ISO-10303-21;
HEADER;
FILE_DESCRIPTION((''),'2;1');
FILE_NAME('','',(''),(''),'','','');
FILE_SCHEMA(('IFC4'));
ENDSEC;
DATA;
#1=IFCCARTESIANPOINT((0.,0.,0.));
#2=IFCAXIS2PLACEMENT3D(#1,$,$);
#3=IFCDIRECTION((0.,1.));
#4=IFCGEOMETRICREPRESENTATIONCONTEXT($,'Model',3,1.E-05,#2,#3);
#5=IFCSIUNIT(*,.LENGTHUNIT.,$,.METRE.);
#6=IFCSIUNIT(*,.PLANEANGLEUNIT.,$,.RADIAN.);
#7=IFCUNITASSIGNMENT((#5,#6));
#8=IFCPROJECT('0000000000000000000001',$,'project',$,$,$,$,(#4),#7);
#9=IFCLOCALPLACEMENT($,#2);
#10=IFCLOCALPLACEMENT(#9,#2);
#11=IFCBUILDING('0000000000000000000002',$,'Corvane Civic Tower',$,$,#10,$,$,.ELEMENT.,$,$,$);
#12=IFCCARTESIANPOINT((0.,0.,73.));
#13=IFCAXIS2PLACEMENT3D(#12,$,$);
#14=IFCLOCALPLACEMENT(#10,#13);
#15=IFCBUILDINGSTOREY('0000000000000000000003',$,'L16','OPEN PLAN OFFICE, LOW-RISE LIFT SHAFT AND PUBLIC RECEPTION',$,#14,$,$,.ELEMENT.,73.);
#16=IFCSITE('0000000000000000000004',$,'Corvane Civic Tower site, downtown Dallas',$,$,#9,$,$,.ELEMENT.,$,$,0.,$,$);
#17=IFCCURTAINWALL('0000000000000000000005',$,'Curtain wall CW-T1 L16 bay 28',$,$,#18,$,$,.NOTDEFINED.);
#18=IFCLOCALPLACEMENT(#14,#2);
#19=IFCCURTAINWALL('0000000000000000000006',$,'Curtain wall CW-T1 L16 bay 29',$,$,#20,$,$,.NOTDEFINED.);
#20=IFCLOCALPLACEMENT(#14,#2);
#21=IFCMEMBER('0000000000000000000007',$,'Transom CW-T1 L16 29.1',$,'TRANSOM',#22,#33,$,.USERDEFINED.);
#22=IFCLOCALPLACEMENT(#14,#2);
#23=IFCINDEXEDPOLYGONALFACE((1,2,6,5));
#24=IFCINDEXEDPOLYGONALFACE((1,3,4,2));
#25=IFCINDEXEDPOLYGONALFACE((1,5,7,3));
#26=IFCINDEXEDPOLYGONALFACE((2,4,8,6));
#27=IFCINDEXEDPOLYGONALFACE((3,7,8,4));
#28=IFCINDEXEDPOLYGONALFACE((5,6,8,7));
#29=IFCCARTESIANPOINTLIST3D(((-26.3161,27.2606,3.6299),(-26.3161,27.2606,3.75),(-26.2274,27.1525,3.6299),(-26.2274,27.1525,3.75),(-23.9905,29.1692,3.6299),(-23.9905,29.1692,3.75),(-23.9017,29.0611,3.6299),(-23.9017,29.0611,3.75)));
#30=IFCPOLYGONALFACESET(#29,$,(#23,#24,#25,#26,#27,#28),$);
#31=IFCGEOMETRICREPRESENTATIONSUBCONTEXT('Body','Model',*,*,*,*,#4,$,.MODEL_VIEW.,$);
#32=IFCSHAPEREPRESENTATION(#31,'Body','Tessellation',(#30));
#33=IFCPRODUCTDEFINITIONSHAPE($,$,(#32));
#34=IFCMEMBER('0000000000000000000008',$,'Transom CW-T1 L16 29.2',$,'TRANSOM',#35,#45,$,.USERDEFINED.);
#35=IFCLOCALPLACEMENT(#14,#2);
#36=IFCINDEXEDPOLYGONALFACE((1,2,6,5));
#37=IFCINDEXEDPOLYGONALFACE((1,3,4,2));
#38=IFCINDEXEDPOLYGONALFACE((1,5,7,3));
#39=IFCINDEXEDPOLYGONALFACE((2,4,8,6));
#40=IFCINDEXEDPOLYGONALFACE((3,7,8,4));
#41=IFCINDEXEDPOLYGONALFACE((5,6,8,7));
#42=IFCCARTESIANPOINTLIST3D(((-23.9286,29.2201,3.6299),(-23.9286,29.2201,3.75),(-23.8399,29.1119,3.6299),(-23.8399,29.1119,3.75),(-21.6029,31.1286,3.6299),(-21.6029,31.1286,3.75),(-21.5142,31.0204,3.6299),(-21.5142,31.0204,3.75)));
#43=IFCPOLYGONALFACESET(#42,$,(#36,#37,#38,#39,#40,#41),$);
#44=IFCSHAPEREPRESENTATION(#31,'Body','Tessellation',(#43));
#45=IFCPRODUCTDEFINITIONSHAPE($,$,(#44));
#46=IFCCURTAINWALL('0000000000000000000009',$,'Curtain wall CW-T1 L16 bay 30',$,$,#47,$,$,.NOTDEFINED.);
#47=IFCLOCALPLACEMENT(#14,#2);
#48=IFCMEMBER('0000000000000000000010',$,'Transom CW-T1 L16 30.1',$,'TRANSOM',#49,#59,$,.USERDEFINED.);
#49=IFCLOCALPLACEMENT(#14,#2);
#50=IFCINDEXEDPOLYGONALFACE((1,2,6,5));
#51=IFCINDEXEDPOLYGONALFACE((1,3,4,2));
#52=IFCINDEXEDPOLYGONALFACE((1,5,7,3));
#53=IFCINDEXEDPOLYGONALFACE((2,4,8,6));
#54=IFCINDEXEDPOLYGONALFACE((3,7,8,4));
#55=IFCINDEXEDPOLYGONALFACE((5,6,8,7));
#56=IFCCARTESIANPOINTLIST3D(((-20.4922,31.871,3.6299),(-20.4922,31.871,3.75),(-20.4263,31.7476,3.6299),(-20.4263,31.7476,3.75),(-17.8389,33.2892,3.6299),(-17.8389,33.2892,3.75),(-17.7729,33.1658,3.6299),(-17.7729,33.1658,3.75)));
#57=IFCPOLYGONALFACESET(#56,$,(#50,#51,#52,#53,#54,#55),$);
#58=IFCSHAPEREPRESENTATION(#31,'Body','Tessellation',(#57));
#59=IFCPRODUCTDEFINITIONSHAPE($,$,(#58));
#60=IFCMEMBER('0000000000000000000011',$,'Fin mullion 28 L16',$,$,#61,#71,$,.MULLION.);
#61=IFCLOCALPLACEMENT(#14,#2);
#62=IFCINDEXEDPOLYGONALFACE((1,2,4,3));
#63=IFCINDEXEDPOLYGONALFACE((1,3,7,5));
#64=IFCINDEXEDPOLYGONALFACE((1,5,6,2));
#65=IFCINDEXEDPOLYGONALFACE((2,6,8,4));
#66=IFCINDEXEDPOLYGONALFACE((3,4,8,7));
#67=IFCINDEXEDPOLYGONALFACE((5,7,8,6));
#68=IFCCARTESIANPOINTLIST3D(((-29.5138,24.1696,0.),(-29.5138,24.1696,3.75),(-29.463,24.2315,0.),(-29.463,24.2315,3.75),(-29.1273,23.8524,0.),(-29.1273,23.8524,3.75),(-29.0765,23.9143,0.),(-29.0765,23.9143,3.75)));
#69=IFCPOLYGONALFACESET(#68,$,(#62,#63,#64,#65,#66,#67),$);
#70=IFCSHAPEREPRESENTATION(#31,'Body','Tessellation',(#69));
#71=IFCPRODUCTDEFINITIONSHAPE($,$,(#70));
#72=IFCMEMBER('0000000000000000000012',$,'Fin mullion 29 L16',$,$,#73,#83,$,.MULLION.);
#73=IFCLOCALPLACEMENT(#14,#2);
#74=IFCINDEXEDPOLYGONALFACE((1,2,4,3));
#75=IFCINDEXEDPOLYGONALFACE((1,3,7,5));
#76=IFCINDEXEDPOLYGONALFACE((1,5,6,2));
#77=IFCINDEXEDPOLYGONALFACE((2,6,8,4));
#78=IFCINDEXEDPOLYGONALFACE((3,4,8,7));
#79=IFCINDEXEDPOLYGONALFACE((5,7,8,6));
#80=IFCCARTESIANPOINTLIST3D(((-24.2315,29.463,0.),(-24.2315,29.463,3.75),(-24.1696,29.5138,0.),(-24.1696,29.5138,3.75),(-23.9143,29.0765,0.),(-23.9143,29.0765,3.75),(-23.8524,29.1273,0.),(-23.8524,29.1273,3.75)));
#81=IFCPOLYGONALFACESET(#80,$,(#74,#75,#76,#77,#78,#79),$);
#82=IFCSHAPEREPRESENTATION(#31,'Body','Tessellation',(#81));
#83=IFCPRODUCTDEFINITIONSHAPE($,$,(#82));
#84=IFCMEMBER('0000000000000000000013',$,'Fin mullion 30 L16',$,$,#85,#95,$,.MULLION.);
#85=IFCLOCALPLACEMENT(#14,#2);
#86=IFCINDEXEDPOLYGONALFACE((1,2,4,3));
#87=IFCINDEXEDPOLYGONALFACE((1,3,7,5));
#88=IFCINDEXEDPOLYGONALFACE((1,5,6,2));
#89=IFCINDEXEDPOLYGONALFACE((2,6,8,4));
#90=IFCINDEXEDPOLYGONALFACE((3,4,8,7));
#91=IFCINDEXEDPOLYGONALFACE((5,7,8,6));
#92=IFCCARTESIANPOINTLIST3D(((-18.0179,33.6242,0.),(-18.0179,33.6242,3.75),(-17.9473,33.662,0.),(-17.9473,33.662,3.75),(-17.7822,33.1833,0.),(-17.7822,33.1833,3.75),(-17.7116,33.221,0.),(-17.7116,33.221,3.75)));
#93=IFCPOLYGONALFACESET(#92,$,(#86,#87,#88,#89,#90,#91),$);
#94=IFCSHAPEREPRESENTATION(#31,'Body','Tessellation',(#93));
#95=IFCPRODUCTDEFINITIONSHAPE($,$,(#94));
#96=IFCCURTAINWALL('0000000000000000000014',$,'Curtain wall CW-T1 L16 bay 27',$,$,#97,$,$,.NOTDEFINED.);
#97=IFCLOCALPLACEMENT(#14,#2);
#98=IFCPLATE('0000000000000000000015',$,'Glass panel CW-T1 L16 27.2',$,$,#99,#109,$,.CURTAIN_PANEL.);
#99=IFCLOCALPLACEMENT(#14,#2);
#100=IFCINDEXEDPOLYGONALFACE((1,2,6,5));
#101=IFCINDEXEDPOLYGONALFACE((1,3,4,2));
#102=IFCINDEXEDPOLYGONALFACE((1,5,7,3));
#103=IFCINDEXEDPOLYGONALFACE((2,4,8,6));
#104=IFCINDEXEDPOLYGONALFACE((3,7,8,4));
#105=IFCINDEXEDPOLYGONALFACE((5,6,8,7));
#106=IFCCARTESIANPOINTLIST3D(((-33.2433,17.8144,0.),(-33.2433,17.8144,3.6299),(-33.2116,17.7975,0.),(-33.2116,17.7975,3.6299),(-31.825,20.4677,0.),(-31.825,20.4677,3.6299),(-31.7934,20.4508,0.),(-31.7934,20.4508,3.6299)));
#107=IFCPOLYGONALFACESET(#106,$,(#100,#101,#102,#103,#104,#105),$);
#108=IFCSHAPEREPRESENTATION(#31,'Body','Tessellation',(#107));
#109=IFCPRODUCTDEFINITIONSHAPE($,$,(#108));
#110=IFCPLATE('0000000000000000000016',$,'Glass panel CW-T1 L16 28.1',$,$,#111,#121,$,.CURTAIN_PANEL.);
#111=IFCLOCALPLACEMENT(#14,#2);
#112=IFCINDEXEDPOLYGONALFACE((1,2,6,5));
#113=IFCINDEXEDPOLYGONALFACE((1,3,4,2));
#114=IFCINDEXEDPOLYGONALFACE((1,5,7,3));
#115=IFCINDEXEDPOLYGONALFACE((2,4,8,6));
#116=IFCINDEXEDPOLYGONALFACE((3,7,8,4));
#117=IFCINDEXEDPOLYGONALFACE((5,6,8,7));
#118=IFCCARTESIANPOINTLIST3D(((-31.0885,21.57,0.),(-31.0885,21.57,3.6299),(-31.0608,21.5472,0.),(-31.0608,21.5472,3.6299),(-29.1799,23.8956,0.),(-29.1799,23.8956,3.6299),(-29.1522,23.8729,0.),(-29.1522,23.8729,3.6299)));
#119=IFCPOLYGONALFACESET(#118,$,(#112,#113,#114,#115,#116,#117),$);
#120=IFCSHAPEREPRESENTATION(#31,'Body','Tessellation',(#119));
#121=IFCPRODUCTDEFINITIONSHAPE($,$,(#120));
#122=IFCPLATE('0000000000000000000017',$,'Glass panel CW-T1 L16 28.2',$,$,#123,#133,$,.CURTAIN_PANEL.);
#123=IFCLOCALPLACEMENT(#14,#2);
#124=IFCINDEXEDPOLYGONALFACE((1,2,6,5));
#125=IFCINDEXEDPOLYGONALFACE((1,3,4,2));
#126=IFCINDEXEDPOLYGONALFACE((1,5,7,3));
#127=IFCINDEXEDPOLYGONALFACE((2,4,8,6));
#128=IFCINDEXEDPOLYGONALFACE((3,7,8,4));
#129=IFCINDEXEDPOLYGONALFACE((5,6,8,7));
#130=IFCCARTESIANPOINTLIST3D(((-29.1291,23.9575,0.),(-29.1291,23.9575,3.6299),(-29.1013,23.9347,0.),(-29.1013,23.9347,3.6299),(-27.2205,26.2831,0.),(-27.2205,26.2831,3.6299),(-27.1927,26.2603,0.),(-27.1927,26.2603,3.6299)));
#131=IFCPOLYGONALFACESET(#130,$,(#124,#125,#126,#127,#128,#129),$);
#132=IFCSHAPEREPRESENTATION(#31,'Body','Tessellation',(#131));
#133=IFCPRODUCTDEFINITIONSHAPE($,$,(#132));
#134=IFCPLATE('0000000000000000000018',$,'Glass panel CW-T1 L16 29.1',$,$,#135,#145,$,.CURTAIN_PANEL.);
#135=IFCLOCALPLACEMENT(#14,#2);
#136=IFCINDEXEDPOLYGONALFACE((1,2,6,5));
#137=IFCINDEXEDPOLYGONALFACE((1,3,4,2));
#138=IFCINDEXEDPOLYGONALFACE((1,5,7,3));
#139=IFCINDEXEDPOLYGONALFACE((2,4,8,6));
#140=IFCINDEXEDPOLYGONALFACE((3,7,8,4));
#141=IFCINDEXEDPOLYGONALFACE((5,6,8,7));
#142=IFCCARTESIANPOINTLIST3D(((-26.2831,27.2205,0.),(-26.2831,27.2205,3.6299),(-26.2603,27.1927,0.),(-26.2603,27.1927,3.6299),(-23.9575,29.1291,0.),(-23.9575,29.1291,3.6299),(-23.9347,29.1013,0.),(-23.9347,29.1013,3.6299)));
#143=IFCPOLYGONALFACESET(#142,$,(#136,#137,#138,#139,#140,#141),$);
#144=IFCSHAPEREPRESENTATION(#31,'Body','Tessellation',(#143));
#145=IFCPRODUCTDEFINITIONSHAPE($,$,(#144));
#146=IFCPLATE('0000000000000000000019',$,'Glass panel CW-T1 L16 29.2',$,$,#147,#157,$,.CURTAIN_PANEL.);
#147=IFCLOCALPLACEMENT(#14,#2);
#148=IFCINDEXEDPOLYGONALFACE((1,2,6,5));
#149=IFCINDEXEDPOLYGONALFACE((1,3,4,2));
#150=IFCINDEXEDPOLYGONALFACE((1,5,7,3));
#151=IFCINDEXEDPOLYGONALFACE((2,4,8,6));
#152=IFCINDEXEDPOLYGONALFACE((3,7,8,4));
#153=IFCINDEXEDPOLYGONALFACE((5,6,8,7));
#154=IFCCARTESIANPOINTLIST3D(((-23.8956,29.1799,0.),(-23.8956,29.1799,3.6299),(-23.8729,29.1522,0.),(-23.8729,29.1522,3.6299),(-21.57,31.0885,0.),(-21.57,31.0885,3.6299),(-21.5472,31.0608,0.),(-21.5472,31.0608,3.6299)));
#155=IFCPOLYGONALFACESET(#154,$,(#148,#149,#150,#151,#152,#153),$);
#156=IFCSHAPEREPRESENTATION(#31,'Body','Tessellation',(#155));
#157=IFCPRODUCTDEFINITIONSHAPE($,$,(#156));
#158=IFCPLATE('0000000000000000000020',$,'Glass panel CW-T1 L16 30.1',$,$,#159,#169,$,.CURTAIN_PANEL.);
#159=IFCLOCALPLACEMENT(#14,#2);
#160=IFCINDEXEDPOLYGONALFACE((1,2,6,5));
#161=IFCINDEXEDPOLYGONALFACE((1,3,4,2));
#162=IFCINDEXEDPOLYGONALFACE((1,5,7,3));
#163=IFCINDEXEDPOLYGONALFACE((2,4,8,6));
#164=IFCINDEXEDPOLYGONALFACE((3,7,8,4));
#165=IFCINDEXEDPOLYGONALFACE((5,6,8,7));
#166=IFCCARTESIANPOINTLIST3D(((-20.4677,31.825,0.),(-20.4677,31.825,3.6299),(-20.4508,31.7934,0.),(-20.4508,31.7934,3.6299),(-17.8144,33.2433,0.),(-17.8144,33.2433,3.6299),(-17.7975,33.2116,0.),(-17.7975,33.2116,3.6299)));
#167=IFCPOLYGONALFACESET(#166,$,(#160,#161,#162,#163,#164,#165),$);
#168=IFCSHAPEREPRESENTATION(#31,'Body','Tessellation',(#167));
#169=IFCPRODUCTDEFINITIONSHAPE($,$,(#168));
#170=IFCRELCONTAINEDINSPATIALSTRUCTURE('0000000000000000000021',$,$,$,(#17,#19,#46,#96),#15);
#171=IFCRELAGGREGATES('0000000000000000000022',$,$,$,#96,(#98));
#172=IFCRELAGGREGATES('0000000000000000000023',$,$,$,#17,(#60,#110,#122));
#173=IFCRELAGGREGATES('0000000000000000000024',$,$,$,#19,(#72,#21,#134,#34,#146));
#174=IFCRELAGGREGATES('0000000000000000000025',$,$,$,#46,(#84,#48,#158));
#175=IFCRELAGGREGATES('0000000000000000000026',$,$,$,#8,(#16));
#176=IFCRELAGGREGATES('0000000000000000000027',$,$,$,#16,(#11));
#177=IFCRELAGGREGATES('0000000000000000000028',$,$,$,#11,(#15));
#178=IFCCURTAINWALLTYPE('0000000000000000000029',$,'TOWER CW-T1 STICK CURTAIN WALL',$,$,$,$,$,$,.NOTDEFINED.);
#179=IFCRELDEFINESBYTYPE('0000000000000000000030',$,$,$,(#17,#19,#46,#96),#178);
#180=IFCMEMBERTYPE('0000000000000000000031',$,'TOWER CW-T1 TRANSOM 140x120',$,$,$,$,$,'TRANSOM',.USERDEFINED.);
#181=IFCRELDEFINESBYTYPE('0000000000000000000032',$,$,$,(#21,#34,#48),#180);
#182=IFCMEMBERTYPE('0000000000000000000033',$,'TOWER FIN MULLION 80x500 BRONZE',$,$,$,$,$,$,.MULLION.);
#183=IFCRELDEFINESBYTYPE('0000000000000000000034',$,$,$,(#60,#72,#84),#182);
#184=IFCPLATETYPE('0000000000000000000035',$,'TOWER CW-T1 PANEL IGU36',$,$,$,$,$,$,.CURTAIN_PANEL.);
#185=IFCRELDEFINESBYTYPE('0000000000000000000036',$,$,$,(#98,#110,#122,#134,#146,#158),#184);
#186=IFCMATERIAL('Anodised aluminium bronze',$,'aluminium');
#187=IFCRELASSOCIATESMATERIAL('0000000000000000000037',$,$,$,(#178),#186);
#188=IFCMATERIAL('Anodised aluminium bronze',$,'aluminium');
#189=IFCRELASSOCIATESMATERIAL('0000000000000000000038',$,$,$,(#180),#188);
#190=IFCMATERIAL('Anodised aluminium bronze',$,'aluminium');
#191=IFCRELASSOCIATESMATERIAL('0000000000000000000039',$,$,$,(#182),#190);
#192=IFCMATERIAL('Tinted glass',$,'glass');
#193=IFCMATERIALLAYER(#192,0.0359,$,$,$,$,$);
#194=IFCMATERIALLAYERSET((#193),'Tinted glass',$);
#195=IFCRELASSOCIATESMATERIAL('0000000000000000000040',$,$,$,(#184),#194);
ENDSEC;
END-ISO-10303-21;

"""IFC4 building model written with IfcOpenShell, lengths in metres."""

from ifc_helpers import new_model, si_unit, direction, frame, origin, origin_2d, place, context, subcontext, project, spatial, rectangle, extrude, material, layer, layer_set, material_profile, profile_set, type_object, element, aggregate, save


model = new_model("IFC4")

# Units and contexts
model_context = context("Model", 3, precision=1e-05, world=origin(), true_north=direction((0.0, 1.0)))
body_context = subcontext(model_context, "Body", "Model", "MODEL_VIEW")
ifc_project = project(units=[si_unit("LENGTHUNIT", "METRE"), si_unit("PLANEANGLEUNIT", "RADIAN")], contexts=[model_context])

# Site, building, storey
site_placement = place(None, origin())
site = spatial("IfcSite", under=ifc_project, at=site_placement, Name="Corvane Civic Tower site, downtown Dallas", CompositionType="ELEMENT", RefElevation=0.0)
building_placement = place(site_placement, origin())
building = spatial("IfcBuilding", under=site, at=building_placement, Name="Corvane Civic Tower", CompositionType="ELEMENT")
storey_placement = place(building_placement, frame((0.0, 0.0, 73.0)))
storey = spatial("IfcBuildingStorey", under=building, at=storey_placement, Name="L16", Description="OPEN PLAN OFFICE, LOW-RISE LIFT SHAFT AND PUBLIC RECEPTION", CompositionType="ELEMENT", Elevation=73.0)

# Curtain walls, members
ifc_material_1 = material(Name="Anodised aluminium bronze", Category="aluminium")
curtain_wall_type = type_object("IfcCurtainWallType", Name="TOWER CW-T1 STICK CURTAIN WALL", PredefinedType="NOTDEFINED", material=ifc_material_1)
curtain_wall_1_placement = place(storey_placement, origin())
curtain_wall_1 = element("IfcCurtainWall", 1, at=curtain_wall_1_placement, inside=storey, type_object=curtain_wall_type, Name="Curtain wall CW-T1 L16 bay 28", PredefinedType="NOTDEFINED")
ifc_material_2 = material(Name="Anodised aluminium bronze", Category="aluminium")
ifc_material_profile_1 = material_profile(ifc_material_2, rectangle(XDim=0.1399, YDim=0.1201, at=origin_2d()), Name="TOWER CW-T1 TRANSOM 140x120")
ifc_profile_set_1 = profile_set([ifc_material_profile_1], Name="Anodised aluminium bronze")
member_type_1 = type_object("IfcMemberType", Name="TOWER CW-T1 TRANSOM 140x120", ElementType="TRANSOM", PredefinedType="USERDEFINED", material=ifc_profile_set_1)
curtain_wall_2_placement = place(storey_placement, origin())
curtain_wall_2 = element("IfcCurtainWall", 2, at=curtain_wall_2_placement, inside=storey, type_object=curtain_wall_type, Name="Curtain wall CW-T1 L16 bay 29", PredefinedType="NOTDEFINED")
member_1_placement = place(storey_placement, frame((-26.2717, 27.2065, 3.6899), z_axis=(0.773002, 0.634404, 0.0), x_axis=(-0.634404, 0.773002, 0.0)))
member_1 = element("IfcMember", 3, at=member_1_placement, type_object=member_type_1, Name="Transom CW-T1 L16 29.1", ObjectType="TRANSOM", PredefinedType="USERDEFINED", context=body_context, shape_type="SweptSolid", body=[
    extrude(rectangle(XDim=0.1399, YDim=0.1201, at=origin_2d()), origin(), (0.0, 0.0, 1.0), 3.0085),
])
member_2_placement = place(storey_placement, frame((-23.8843, 29.166, 3.6899), z_axis=(0.773042, 0.634355, 0.0), x_axis=(-0.634355, 0.773042, 0.0)))
member_2 = element("IfcMember", 4, at=member_2_placement, type_object=member_type_1, Name="Transom CW-T1 L16 29.2", ObjectType="TRANSOM", PredefinedType="USERDEFINED", context=body_context, shape_type="SweptSolid", body=[
    extrude(rectangle(XDim=0.1399, YDim=0.1201, at=origin_2d()), origin(), (0.0, 0.0, 1.0), 3.0085),
])

# Curtain wall, member
curtain_wall_3_placement = place(storey_placement, origin())
curtain_wall_3 = element("IfcCurtainWall", 5, at=curtain_wall_3_placement, inside=storey, type_object=curtain_wall_type, Name="Curtain wall CW-T1 L16 bay 30", PredefinedType="NOTDEFINED")
member_3_placement = place(storey_placement, frame((-20.4592, 31.8093, 3.6899), z_axis=(0.881924, 0.471393, 0.0), x_axis=(-0.471393, 0.881924, 0.0)))
member_3 = element("IfcMember", 6, at=member_3_placement, type_object=member_type_1, Name="Transom CW-T1 L16 30.1", ObjectType="TRANSOM", PredefinedType="USERDEFINED", context=body_context, shape_type="SweptSolid", body=[
    extrude(rectangle(XDim=0.1399, YDim=0.1201, at=origin_2d()), origin(), (0.0, 0.0, 1.0), 3.0085),
])

# Members
ifc_material_3 = material(Name="Anodised aluminium bronze", Category="aluminium")
ifc_material_profile_2 = material_profile(ifc_material_3, rectangle(XDim=0.0801, YDim=0.5, at=origin_2d()), Name="TOWER FIN MULLION 80x500 BRONZE")
ifc_profile_set_2 = profile_set([ifc_material_profile_2], Name="Anodised aluminium bronze")
member_type_2 = type_object("IfcMemberType", Name="TOWER FIN MULLION 80x500 BRONZE", PredefinedType="MULLION", material=ifc_profile_set_2)
member_4_placement = place(storey_placement, frame((-29.2952, 24.042, 0.0), z_axis=(0.0, 0.0, 1.0), x_axis=(0.634397, 0.773007, 0.0)))
member_4 = element("IfcMember", 7, at=member_4_placement, type_object=member_type_2, Name="Fin mullion 28 L16", PredefinedType="MULLION", context=body_context, shape_type="SweptSolid", body=[
    extrude(rectangle(XDim=0.0801, YDim=0.5, at=origin_2d()), origin(), (0.0, 0.0, 1.0), 3.75),
])
member_5_placement = place(storey_placement, frame((-24.042, 29.2952, 0.0), z_axis=(0.0, 0.0, 1.0), x_axis=(0.773007, 0.634397, 0.0)))
member_5 = element("IfcMember", 8, at=member_5_placement, type_object=member_type_2, Name="Fin mullion 29 L16", PredefinedType="MULLION", context=body_context, shape_type="SweptSolid", body=[
    extrude(rectangle(XDim=0.0801, YDim=0.5, at=origin_2d()), origin(), (0.0, 0.0, 1.0), 3.75),
])
member_6_placement = place(storey_placement, frame((-17.8647, 33.4226, 0.0), z_axis=(0.0, 0.0, 1.0), x_axis=(0.881918, 0.471404, 0.0)))
member_6 = element("IfcMember", 9, at=member_6_placement, type_object=member_type_2, Name="Fin mullion 30 L16", PredefinedType="MULLION", context=body_context, shape_type="SweptSolid", body=[
    extrude(rectangle(XDim=0.0801, YDim=0.5, at=origin_2d()), origin(), (0.0, 0.0, 1.0), 3.75),
])

# Curtain wall, plate
curtain_wall_4_placement = place(storey_placement, origin())
curtain_wall_4 = element("IfcCurtainWall", 10, at=curtain_wall_4_placement, inside=storey, type_object=curtain_wall_type, Name="Curtain wall CW-T1 L16 bay 27", PredefinedType="NOTDEFINED")
ifc_material_4 = material(Name="Tinted glass", Category="glass")
ifc_layer_1 = layer(ifc_material_4, 0.0359)
ifc_layer_set_1 = layer_set([ifc_layer_1], Name="Tinted glass")
plate_type = type_object("IfcPlateType", Name="TOWER CW-T1 PANEL IGU36", PredefinedType="CURTAIN_PANEL", material=ifc_layer_set_1)
plate_1_placement = place(storey_placement, frame((-32.5183, 19.1326, 0.0), z_axis=(0.0, 0.0, 1.0), x_axis=(0.471404, 0.881918, 0.0)))
plate_1 = element("IfcPlate", 11, at=plate_1_placement, type_object=plate_type, Name="Glass panel CW-T1 L16 27.2", PredefinedType="CURTAIN_PANEL", context=body_context, shape_type="SweptSolid", body=[
    extrude(rectangle(XDim=3.0085, YDim=0.0359, at=origin_2d()), origin(), (0.0, 0.0, 1.0), 3.6299),
])
aggregate(curtain_wall_4, [plate_1])

# Plates
plate_2_placement = place(storey_placement, frame((-30.1204, 22.7214, 0.0), z_axis=(0.0, 0.0, 1.0), x_axis=(0.634397, 0.773007, 0.0)))
plate_2 = element("IfcPlate", 12, at=plate_2_placement, type_object=plate_type, Name="Glass panel CW-T1 L16 28.1", PredefinedType="CURTAIN_PANEL", context=body_context, shape_type="SweptSolid", body=[
    extrude(rectangle(XDim=3.0085, YDim=0.0359, at=origin_2d()), origin(), (0.0, 0.0, 1.0), 3.6299),
])
plate_3_placement = place(storey_placement, frame((-28.1609, 25.1089, 0.0), z_axis=(0.0, 0.0, 1.0), x_axis=(0.634397, 0.773007, 0.0)))
plate_3 = element("IfcPlate", 13, at=plate_3_placement, type_object=plate_type, Name="Glass panel CW-T1 L16 28.2", PredefinedType="CURTAIN_PANEL", context=body_context, shape_type="SweptSolid", body=[
    extrude(rectangle(XDim=3.0085, YDim=0.0359, at=origin_2d()), origin(), (0.0, 0.0, 1.0), 3.6299),
])
aggregate(curtain_wall_1, [member_4, plate_2, plate_3])
plate_4_placement = place(storey_placement, frame((-25.1089, 28.1609, 0.0), z_axis=(0.0, 0.0, 1.0), x_axis=(0.773007, 0.634397, 0.0)))
plate_4 = element("IfcPlate", 14, at=plate_4_placement, type_object=plate_type, Name="Glass panel CW-T1 L16 29.1", PredefinedType="CURTAIN_PANEL", context=body_context, shape_type="SweptSolid", body=[
    extrude(rectangle(XDim=3.0085, YDim=0.0359, at=origin_2d()), origin(), (0.0, 0.0, 1.0), 3.6299),
])
plate_5_placement = place(storey_placement, frame((-22.7214, 30.1204, 0.0), z_axis=(0.0, 0.0, 1.0), x_axis=(0.773007, 0.634397, 0.0)))
plate_5 = element("IfcPlate", 15, at=plate_5_placement, type_object=plate_type, Name="Glass panel CW-T1 L16 29.2", PredefinedType="CURTAIN_PANEL", context=body_context, shape_type="SweptSolid", body=[
    extrude(rectangle(XDim=3.0085, YDim=0.0359, at=origin_2d()), origin(), (0.0, 0.0, 1.0), 3.6299),
])
aggregate(curtain_wall_2, [member_5, member_1, plate_4, member_2, plate_5])
plate_6_placement = place(storey_placement, frame((-19.1326, 32.5183, 0.0), z_axis=(0.0, 0.0, 1.0), x_axis=(0.881918, 0.471404, 0.0)))
plate_6 = element("IfcPlate", 16, at=plate_6_placement, type_object=plate_type, Name="Glass panel CW-T1 L16 30.1", PredefinedType="CURTAIN_PANEL", context=body_context, shape_type="SweptSolid", body=[
    extrude(rectangle(XDim=3.0085, YDim=0.0359, at=origin_2d()), origin(), (0.0, 0.0, 1.0), 3.6299),
])
aggregate(curtain_wall_3, [member_6, member_3, plate_6])

save(model, "model.ifc")
